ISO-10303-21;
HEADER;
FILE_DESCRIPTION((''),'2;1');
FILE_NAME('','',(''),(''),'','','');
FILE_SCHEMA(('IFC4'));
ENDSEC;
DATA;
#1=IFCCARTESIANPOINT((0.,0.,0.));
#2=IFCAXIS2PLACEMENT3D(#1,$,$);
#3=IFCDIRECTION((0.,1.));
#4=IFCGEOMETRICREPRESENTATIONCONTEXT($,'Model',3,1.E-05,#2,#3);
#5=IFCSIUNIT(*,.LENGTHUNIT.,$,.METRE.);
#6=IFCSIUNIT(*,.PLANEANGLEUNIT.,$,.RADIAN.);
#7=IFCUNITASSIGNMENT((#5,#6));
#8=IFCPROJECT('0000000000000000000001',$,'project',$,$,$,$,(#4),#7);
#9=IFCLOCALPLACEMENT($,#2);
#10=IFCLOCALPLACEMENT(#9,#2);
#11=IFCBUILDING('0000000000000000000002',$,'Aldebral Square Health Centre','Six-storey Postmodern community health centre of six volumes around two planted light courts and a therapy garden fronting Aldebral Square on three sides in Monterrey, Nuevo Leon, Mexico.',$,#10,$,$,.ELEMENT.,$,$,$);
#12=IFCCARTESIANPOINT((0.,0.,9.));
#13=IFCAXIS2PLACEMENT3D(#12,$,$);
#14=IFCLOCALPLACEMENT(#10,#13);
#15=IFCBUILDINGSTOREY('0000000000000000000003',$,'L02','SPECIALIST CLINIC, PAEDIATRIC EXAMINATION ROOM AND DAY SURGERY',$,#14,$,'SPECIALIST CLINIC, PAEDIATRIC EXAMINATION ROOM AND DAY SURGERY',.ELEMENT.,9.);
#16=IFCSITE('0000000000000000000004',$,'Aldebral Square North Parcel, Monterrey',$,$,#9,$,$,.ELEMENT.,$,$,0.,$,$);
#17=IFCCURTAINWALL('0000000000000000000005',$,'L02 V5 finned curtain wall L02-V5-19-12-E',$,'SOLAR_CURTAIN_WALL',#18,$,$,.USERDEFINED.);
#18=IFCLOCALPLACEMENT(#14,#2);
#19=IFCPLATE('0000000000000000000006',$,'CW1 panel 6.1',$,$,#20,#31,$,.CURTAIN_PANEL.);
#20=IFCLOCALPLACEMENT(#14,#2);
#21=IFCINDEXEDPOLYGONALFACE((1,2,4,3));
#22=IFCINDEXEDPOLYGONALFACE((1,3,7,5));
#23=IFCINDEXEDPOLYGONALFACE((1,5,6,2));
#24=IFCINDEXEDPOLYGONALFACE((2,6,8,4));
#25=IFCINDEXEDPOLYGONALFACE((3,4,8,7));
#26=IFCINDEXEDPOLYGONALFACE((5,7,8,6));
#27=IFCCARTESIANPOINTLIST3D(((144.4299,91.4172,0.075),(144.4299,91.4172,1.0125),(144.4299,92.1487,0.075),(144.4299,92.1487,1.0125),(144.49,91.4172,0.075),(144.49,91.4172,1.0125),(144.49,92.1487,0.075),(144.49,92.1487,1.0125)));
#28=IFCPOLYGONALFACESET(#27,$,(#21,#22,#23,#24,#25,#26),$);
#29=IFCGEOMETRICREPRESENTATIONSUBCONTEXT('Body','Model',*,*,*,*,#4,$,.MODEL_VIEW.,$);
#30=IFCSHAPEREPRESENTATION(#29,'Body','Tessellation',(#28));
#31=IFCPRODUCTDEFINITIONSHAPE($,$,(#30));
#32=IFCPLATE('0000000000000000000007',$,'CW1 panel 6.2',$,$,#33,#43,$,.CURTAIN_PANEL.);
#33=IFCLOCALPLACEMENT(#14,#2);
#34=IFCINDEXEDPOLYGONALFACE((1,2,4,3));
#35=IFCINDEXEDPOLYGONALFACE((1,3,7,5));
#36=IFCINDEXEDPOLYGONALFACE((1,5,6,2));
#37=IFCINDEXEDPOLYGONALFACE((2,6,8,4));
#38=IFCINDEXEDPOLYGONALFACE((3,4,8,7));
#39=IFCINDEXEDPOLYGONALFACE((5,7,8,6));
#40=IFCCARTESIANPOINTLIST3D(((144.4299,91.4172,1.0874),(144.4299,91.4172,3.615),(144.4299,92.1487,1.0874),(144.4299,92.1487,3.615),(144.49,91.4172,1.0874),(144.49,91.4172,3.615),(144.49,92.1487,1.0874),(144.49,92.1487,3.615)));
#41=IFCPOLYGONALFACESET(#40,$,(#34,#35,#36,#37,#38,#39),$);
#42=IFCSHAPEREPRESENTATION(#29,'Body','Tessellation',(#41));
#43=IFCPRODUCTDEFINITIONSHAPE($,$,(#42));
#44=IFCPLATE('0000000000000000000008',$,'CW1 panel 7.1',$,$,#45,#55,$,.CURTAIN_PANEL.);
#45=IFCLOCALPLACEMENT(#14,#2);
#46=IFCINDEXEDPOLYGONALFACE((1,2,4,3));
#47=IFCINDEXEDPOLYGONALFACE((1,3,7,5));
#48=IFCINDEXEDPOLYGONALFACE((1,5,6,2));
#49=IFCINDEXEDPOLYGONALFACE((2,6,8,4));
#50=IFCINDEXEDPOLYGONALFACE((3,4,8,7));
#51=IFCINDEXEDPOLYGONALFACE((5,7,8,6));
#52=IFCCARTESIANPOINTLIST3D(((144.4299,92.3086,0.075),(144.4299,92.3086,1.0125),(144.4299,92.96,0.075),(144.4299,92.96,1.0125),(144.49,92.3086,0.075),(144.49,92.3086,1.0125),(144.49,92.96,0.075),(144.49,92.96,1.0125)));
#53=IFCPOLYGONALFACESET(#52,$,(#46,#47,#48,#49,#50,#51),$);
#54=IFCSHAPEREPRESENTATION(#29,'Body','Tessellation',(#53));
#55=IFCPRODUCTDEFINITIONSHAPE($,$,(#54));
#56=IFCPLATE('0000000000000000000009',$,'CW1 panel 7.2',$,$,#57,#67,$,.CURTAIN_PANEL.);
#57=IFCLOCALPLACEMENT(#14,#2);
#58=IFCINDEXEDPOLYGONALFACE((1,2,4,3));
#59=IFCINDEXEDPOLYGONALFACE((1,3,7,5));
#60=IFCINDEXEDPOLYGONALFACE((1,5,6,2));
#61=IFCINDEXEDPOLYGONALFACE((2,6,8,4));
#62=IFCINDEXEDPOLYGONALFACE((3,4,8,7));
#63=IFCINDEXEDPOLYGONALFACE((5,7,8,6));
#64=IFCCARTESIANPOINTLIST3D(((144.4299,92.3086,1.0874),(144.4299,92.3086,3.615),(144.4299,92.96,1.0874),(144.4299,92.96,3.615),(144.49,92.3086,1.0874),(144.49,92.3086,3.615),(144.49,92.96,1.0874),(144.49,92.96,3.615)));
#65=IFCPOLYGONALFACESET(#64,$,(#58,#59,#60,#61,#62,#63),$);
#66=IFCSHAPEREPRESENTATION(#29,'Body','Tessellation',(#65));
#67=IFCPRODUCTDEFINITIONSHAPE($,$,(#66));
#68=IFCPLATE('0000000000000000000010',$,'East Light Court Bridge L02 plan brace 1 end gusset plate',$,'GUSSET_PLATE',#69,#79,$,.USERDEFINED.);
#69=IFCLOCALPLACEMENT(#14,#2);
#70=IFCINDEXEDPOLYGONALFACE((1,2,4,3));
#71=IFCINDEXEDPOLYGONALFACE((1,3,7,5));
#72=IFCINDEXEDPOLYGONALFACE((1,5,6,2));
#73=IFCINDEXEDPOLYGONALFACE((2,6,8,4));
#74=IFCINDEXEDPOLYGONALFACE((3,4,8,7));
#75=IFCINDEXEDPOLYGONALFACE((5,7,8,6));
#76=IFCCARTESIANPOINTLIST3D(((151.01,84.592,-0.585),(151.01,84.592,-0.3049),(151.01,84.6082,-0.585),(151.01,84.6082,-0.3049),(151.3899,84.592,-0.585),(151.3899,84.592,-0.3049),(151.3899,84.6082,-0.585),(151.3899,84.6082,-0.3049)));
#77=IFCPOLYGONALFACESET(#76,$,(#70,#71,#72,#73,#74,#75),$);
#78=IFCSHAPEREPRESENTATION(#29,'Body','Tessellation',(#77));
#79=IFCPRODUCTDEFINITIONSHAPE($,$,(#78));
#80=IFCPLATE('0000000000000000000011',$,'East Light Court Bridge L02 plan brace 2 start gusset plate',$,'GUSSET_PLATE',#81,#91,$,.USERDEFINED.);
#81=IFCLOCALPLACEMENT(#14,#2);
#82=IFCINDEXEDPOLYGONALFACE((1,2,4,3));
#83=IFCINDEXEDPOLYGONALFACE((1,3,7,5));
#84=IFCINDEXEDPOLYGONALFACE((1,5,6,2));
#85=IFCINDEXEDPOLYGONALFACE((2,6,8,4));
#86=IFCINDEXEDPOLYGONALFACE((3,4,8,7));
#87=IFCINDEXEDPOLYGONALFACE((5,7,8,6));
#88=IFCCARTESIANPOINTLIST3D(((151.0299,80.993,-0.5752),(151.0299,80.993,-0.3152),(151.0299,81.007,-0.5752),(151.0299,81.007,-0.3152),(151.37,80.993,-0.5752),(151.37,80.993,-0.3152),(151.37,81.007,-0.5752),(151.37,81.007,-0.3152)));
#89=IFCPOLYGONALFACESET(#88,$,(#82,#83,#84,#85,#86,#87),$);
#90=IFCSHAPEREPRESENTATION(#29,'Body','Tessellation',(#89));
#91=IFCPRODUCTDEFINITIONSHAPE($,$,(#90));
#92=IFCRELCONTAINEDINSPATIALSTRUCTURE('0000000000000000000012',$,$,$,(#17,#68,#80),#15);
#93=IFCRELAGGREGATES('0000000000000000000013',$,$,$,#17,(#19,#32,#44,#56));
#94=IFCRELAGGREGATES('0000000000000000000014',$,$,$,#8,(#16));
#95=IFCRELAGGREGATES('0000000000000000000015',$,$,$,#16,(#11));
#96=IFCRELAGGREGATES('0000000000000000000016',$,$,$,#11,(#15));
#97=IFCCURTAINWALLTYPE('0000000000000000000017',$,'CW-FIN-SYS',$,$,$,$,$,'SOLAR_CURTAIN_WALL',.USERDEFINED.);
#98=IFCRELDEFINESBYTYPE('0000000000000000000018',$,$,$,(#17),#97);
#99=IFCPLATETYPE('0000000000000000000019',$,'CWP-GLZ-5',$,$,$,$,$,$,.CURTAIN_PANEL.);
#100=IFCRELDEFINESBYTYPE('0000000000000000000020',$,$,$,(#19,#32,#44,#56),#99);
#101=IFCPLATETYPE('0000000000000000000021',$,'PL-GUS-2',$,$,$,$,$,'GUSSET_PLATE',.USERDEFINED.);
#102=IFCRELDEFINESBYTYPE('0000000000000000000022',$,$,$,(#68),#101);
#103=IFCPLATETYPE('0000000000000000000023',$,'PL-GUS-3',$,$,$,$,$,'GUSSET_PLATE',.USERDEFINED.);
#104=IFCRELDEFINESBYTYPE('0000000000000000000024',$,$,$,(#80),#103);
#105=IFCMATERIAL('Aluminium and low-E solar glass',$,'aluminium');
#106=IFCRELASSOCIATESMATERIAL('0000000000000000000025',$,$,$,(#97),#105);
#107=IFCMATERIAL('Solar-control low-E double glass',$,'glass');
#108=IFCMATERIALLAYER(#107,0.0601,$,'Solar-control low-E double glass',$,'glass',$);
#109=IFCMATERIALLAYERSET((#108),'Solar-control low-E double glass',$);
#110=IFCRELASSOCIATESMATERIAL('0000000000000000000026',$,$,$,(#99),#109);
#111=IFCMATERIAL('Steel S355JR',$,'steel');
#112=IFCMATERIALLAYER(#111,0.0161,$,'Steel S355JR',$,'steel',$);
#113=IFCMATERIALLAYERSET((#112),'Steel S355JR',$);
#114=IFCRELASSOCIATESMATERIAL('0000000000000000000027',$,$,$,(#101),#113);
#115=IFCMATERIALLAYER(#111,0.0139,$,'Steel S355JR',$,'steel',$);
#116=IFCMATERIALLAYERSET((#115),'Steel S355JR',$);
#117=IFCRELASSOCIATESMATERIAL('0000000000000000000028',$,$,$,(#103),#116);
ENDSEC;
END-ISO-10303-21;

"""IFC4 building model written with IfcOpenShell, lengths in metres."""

from ifc_helpers import new_model, si_unit, direction, frame, origin, origin_2d, place, context, subcontext, project, spatial, rectangle, extrude, material, layer, layer_set, type_object, element, aggregate, save


model = new_model("IFC4")

# Units and contexts
model_context = context("Model", 3, precision=1e-05, world=origin(), true_north=direction((0.0, 1.0)))
body_context = subcontext(model_context, "Body", "Model", "MODEL_VIEW")
ifc_project = project(units=[si_unit("LENGTHUNIT", "METRE"), si_unit("PLANEANGLEUNIT", "RADIAN")], contexts=[model_context])

# Site, building, storey
site_placement = place(None, origin())
site = spatial("IfcSite", under=ifc_project, at=site_placement, Name="Aldebral Square North Parcel, Monterrey", CompositionType="ELEMENT", RefElevation=0.0)
building_placement = place(site_placement, origin())
building = spatial("IfcBuilding", under=site, at=building_placement, Name="Aldebral Square Health Centre", Description="Six-storey Postmodern community health centre of six volumes around two planted light courts and a therapy garden fronting Aldebral Square on three sides in Monterrey, Nuevo Leon, Mexico.", CompositionType="ELEMENT")
storey_placement = place(building_placement, frame((0.0, 0.0, 9.0)))
storey = spatial("IfcBuildingStorey", under=building, at=storey_placement, Name="L02", Description="SPECIALIST CLINIC, PAEDIATRIC EXAMINATION ROOM AND DAY SURGERY", LongName="SPECIALIST CLINIC, PAEDIATRIC EXAMINATION ROOM AND DAY SURGERY", CompositionType="ELEMENT", Elevation=9.0)

# Shared definitions
ifc_material_1 = material(Name="Steel S355JR", Category="steel")

# Curtain wall
ifc_material_2 = material(Name="Aluminium and low-E solar glass", Category="aluminium")
curtain_wall_type = type_object("IfcCurtainWallType", Name="CW-FIN-SYS", ElementType="SOLAR_CURTAIN_WALL", PredefinedType="USERDEFINED", material=ifc_material_2)
curtain_wall_1_placement = place(storey_placement, origin())
curtain_wall_1 = element("IfcCurtainWall", 1, at=curtain_wall_1_placement, inside=storey, type_object=curtain_wall_type, Name="L02 V5 finned curtain wall L02-V5-19-12-E", ObjectType="SOLAR_CURTAIN_WALL", PredefinedType="USERDEFINED")

# Plates
ifc_material_3 = material(Name="Solar-control low-E double glass", Category="glass")
ifc_layer_1 = layer(ifc_material_3, 0.0601, Name="Solar-control low-E double glass", Category="glass")
ifc_layer_set_1 = layer_set([ifc_layer_1], Name="Solar-control low-E double glass")
plate_type_1 = type_object("IfcPlateType", Name="CWP-GLZ-5", PredefinedType="CURTAIN_PANEL", material=ifc_layer_set_1)
plate_1_placement = place(storey_placement, frame((144.46, 91.783, 0.075), z_axis=(0.0, 0.0, 1.0), x_axis=(0.0, 1.0, 0.0)))
plate_1 = element("IfcPlate", 2, at=plate_1_placement, type_object=plate_type_1, Name="CW1 panel 6.1", PredefinedType="CURTAIN_PANEL", context=body_context, shape_type="SweptSolid", body=[
    extrude(rectangle(XDim=0.7314, YDim=0.0601, at=origin_2d()), origin(), (0.0, 0.0, 1.0), 0.9375),
])
plate_2_placement = place(storey_placement, frame((144.46, 91.783, 1.0874), z_axis=(0.0, 0.0, 1.0), x_axis=(0.0, 1.0, 0.0)))
plate_2 = element("IfcPlate", 3, at=plate_2_placement, type_object=plate_type_1, Name="CW1 panel 6.2", PredefinedType="CURTAIN_PANEL", context=body_context, shape_type="SweptSolid", body=[
    extrude(rectangle(XDim=0.7314, YDim=0.0601, at=origin_2d()), origin(), (0.0, 0.0, 1.0), 2.5276),
])
plate_3_placement = place(storey_placement, frame((144.46, 92.6343, 0.075), z_axis=(0.0, 0.0, 1.0), x_axis=(0.0, 1.0, 0.0)))
plate_3 = element("IfcPlate", 4, at=plate_3_placement, type_object=plate_type_1, Name="CW1 panel 7.1", PredefinedType="CURTAIN_PANEL", context=body_context, shape_type="SweptSolid", body=[
    extrude(rectangle(XDim=0.6514, YDim=0.0601, at=origin_2d()), origin(), (0.0, 0.0, 1.0), 0.9375),
])
plate_4_placement = place(storey_placement, frame((144.46, 92.6343, 1.0874), z_axis=(0.0, 0.0, 1.0), x_axis=(0.0, 1.0, 0.0)))
plate_4 = element("IfcPlate", 5, at=plate_4_placement, type_object=plate_type_1, Name="CW1 panel 7.2", PredefinedType="CURTAIN_PANEL", context=body_context, shape_type="SweptSolid", body=[
    extrude(rectangle(XDim=0.6514, YDim=0.0601, at=origin_2d()), origin(), (0.0, 0.0, 1.0), 2.5276),
])
aggregate(curtain_wall_1, [plate_1, plate_2, plate_3, plate_4])

# Plates
ifc_layer_2 = layer(ifc_material_1, 0.0161, Name="Steel S355JR", Category="steel")
ifc_layer_set_2 = layer_set([ifc_layer_2], Name="Steel S355JR")
plate_type_2 = type_object("IfcPlateType", Name="PL-GUS-2", ElementType="GUSSET_PLATE", PredefinedType="USERDEFINED", material=ifc_layer_set_2)
plate_5_placement = place(storey_placement, frame((151.2, 84.6001, -0.585), z_axis=(0.0, 0.0, 1.0), x_axis=(1.0, 0.0, 0.0)))
element("IfcPlate", 6, at=plate_5_placement, inside=storey, type_object=plate_type_2, Name="East Light Court Bridge L02 plan brace 1 end gusset plate", ObjectType="GUSSET_PLATE", PredefinedType="USERDEFINED", context=body_context, shape_type="SweptSolid", body=[
    extrude(rectangle(XDim=0.3799, YDim=0.0161, at=origin_2d()), origin(), (0.0, 0.0, 1.0), 0.28),
])
ifc_layer_3 = layer(ifc_material_1, 0.0139, Name="Steel S355JR", Category="steel")
ifc_layer_set_3 = layer_set([ifc_layer_3], Name="Steel S355JR")
plate_type_3 = type_object("IfcPlateType", Name="PL-GUS-3", ElementType="GUSSET_PLATE", PredefinedType="USERDEFINED", material=ifc_layer_set_3)
plate_6_placement = place(storey_placement, frame((151.2, 81.0, -0.5752), z_axis=(0.0, 0.0, 1.0), x_axis=(1.0, 0.0, 0.0)))
element("IfcPlate", 7, at=plate_6_placement, inside=storey, type_object=plate_type_3, Name="East Light Court Bridge L02 plan brace 2 start gusset plate", ObjectType="GUSSET_PLATE", PredefinedType="USERDEFINED", context=body_context, shape_type="SweptSolid", body=[
    extrude(rectangle(XDim=0.3401, YDim=0.0139, at=origin_2d()), origin(), (0.0, 0.0, 1.0), 0.26),
])

save(model, "model.ifc")
